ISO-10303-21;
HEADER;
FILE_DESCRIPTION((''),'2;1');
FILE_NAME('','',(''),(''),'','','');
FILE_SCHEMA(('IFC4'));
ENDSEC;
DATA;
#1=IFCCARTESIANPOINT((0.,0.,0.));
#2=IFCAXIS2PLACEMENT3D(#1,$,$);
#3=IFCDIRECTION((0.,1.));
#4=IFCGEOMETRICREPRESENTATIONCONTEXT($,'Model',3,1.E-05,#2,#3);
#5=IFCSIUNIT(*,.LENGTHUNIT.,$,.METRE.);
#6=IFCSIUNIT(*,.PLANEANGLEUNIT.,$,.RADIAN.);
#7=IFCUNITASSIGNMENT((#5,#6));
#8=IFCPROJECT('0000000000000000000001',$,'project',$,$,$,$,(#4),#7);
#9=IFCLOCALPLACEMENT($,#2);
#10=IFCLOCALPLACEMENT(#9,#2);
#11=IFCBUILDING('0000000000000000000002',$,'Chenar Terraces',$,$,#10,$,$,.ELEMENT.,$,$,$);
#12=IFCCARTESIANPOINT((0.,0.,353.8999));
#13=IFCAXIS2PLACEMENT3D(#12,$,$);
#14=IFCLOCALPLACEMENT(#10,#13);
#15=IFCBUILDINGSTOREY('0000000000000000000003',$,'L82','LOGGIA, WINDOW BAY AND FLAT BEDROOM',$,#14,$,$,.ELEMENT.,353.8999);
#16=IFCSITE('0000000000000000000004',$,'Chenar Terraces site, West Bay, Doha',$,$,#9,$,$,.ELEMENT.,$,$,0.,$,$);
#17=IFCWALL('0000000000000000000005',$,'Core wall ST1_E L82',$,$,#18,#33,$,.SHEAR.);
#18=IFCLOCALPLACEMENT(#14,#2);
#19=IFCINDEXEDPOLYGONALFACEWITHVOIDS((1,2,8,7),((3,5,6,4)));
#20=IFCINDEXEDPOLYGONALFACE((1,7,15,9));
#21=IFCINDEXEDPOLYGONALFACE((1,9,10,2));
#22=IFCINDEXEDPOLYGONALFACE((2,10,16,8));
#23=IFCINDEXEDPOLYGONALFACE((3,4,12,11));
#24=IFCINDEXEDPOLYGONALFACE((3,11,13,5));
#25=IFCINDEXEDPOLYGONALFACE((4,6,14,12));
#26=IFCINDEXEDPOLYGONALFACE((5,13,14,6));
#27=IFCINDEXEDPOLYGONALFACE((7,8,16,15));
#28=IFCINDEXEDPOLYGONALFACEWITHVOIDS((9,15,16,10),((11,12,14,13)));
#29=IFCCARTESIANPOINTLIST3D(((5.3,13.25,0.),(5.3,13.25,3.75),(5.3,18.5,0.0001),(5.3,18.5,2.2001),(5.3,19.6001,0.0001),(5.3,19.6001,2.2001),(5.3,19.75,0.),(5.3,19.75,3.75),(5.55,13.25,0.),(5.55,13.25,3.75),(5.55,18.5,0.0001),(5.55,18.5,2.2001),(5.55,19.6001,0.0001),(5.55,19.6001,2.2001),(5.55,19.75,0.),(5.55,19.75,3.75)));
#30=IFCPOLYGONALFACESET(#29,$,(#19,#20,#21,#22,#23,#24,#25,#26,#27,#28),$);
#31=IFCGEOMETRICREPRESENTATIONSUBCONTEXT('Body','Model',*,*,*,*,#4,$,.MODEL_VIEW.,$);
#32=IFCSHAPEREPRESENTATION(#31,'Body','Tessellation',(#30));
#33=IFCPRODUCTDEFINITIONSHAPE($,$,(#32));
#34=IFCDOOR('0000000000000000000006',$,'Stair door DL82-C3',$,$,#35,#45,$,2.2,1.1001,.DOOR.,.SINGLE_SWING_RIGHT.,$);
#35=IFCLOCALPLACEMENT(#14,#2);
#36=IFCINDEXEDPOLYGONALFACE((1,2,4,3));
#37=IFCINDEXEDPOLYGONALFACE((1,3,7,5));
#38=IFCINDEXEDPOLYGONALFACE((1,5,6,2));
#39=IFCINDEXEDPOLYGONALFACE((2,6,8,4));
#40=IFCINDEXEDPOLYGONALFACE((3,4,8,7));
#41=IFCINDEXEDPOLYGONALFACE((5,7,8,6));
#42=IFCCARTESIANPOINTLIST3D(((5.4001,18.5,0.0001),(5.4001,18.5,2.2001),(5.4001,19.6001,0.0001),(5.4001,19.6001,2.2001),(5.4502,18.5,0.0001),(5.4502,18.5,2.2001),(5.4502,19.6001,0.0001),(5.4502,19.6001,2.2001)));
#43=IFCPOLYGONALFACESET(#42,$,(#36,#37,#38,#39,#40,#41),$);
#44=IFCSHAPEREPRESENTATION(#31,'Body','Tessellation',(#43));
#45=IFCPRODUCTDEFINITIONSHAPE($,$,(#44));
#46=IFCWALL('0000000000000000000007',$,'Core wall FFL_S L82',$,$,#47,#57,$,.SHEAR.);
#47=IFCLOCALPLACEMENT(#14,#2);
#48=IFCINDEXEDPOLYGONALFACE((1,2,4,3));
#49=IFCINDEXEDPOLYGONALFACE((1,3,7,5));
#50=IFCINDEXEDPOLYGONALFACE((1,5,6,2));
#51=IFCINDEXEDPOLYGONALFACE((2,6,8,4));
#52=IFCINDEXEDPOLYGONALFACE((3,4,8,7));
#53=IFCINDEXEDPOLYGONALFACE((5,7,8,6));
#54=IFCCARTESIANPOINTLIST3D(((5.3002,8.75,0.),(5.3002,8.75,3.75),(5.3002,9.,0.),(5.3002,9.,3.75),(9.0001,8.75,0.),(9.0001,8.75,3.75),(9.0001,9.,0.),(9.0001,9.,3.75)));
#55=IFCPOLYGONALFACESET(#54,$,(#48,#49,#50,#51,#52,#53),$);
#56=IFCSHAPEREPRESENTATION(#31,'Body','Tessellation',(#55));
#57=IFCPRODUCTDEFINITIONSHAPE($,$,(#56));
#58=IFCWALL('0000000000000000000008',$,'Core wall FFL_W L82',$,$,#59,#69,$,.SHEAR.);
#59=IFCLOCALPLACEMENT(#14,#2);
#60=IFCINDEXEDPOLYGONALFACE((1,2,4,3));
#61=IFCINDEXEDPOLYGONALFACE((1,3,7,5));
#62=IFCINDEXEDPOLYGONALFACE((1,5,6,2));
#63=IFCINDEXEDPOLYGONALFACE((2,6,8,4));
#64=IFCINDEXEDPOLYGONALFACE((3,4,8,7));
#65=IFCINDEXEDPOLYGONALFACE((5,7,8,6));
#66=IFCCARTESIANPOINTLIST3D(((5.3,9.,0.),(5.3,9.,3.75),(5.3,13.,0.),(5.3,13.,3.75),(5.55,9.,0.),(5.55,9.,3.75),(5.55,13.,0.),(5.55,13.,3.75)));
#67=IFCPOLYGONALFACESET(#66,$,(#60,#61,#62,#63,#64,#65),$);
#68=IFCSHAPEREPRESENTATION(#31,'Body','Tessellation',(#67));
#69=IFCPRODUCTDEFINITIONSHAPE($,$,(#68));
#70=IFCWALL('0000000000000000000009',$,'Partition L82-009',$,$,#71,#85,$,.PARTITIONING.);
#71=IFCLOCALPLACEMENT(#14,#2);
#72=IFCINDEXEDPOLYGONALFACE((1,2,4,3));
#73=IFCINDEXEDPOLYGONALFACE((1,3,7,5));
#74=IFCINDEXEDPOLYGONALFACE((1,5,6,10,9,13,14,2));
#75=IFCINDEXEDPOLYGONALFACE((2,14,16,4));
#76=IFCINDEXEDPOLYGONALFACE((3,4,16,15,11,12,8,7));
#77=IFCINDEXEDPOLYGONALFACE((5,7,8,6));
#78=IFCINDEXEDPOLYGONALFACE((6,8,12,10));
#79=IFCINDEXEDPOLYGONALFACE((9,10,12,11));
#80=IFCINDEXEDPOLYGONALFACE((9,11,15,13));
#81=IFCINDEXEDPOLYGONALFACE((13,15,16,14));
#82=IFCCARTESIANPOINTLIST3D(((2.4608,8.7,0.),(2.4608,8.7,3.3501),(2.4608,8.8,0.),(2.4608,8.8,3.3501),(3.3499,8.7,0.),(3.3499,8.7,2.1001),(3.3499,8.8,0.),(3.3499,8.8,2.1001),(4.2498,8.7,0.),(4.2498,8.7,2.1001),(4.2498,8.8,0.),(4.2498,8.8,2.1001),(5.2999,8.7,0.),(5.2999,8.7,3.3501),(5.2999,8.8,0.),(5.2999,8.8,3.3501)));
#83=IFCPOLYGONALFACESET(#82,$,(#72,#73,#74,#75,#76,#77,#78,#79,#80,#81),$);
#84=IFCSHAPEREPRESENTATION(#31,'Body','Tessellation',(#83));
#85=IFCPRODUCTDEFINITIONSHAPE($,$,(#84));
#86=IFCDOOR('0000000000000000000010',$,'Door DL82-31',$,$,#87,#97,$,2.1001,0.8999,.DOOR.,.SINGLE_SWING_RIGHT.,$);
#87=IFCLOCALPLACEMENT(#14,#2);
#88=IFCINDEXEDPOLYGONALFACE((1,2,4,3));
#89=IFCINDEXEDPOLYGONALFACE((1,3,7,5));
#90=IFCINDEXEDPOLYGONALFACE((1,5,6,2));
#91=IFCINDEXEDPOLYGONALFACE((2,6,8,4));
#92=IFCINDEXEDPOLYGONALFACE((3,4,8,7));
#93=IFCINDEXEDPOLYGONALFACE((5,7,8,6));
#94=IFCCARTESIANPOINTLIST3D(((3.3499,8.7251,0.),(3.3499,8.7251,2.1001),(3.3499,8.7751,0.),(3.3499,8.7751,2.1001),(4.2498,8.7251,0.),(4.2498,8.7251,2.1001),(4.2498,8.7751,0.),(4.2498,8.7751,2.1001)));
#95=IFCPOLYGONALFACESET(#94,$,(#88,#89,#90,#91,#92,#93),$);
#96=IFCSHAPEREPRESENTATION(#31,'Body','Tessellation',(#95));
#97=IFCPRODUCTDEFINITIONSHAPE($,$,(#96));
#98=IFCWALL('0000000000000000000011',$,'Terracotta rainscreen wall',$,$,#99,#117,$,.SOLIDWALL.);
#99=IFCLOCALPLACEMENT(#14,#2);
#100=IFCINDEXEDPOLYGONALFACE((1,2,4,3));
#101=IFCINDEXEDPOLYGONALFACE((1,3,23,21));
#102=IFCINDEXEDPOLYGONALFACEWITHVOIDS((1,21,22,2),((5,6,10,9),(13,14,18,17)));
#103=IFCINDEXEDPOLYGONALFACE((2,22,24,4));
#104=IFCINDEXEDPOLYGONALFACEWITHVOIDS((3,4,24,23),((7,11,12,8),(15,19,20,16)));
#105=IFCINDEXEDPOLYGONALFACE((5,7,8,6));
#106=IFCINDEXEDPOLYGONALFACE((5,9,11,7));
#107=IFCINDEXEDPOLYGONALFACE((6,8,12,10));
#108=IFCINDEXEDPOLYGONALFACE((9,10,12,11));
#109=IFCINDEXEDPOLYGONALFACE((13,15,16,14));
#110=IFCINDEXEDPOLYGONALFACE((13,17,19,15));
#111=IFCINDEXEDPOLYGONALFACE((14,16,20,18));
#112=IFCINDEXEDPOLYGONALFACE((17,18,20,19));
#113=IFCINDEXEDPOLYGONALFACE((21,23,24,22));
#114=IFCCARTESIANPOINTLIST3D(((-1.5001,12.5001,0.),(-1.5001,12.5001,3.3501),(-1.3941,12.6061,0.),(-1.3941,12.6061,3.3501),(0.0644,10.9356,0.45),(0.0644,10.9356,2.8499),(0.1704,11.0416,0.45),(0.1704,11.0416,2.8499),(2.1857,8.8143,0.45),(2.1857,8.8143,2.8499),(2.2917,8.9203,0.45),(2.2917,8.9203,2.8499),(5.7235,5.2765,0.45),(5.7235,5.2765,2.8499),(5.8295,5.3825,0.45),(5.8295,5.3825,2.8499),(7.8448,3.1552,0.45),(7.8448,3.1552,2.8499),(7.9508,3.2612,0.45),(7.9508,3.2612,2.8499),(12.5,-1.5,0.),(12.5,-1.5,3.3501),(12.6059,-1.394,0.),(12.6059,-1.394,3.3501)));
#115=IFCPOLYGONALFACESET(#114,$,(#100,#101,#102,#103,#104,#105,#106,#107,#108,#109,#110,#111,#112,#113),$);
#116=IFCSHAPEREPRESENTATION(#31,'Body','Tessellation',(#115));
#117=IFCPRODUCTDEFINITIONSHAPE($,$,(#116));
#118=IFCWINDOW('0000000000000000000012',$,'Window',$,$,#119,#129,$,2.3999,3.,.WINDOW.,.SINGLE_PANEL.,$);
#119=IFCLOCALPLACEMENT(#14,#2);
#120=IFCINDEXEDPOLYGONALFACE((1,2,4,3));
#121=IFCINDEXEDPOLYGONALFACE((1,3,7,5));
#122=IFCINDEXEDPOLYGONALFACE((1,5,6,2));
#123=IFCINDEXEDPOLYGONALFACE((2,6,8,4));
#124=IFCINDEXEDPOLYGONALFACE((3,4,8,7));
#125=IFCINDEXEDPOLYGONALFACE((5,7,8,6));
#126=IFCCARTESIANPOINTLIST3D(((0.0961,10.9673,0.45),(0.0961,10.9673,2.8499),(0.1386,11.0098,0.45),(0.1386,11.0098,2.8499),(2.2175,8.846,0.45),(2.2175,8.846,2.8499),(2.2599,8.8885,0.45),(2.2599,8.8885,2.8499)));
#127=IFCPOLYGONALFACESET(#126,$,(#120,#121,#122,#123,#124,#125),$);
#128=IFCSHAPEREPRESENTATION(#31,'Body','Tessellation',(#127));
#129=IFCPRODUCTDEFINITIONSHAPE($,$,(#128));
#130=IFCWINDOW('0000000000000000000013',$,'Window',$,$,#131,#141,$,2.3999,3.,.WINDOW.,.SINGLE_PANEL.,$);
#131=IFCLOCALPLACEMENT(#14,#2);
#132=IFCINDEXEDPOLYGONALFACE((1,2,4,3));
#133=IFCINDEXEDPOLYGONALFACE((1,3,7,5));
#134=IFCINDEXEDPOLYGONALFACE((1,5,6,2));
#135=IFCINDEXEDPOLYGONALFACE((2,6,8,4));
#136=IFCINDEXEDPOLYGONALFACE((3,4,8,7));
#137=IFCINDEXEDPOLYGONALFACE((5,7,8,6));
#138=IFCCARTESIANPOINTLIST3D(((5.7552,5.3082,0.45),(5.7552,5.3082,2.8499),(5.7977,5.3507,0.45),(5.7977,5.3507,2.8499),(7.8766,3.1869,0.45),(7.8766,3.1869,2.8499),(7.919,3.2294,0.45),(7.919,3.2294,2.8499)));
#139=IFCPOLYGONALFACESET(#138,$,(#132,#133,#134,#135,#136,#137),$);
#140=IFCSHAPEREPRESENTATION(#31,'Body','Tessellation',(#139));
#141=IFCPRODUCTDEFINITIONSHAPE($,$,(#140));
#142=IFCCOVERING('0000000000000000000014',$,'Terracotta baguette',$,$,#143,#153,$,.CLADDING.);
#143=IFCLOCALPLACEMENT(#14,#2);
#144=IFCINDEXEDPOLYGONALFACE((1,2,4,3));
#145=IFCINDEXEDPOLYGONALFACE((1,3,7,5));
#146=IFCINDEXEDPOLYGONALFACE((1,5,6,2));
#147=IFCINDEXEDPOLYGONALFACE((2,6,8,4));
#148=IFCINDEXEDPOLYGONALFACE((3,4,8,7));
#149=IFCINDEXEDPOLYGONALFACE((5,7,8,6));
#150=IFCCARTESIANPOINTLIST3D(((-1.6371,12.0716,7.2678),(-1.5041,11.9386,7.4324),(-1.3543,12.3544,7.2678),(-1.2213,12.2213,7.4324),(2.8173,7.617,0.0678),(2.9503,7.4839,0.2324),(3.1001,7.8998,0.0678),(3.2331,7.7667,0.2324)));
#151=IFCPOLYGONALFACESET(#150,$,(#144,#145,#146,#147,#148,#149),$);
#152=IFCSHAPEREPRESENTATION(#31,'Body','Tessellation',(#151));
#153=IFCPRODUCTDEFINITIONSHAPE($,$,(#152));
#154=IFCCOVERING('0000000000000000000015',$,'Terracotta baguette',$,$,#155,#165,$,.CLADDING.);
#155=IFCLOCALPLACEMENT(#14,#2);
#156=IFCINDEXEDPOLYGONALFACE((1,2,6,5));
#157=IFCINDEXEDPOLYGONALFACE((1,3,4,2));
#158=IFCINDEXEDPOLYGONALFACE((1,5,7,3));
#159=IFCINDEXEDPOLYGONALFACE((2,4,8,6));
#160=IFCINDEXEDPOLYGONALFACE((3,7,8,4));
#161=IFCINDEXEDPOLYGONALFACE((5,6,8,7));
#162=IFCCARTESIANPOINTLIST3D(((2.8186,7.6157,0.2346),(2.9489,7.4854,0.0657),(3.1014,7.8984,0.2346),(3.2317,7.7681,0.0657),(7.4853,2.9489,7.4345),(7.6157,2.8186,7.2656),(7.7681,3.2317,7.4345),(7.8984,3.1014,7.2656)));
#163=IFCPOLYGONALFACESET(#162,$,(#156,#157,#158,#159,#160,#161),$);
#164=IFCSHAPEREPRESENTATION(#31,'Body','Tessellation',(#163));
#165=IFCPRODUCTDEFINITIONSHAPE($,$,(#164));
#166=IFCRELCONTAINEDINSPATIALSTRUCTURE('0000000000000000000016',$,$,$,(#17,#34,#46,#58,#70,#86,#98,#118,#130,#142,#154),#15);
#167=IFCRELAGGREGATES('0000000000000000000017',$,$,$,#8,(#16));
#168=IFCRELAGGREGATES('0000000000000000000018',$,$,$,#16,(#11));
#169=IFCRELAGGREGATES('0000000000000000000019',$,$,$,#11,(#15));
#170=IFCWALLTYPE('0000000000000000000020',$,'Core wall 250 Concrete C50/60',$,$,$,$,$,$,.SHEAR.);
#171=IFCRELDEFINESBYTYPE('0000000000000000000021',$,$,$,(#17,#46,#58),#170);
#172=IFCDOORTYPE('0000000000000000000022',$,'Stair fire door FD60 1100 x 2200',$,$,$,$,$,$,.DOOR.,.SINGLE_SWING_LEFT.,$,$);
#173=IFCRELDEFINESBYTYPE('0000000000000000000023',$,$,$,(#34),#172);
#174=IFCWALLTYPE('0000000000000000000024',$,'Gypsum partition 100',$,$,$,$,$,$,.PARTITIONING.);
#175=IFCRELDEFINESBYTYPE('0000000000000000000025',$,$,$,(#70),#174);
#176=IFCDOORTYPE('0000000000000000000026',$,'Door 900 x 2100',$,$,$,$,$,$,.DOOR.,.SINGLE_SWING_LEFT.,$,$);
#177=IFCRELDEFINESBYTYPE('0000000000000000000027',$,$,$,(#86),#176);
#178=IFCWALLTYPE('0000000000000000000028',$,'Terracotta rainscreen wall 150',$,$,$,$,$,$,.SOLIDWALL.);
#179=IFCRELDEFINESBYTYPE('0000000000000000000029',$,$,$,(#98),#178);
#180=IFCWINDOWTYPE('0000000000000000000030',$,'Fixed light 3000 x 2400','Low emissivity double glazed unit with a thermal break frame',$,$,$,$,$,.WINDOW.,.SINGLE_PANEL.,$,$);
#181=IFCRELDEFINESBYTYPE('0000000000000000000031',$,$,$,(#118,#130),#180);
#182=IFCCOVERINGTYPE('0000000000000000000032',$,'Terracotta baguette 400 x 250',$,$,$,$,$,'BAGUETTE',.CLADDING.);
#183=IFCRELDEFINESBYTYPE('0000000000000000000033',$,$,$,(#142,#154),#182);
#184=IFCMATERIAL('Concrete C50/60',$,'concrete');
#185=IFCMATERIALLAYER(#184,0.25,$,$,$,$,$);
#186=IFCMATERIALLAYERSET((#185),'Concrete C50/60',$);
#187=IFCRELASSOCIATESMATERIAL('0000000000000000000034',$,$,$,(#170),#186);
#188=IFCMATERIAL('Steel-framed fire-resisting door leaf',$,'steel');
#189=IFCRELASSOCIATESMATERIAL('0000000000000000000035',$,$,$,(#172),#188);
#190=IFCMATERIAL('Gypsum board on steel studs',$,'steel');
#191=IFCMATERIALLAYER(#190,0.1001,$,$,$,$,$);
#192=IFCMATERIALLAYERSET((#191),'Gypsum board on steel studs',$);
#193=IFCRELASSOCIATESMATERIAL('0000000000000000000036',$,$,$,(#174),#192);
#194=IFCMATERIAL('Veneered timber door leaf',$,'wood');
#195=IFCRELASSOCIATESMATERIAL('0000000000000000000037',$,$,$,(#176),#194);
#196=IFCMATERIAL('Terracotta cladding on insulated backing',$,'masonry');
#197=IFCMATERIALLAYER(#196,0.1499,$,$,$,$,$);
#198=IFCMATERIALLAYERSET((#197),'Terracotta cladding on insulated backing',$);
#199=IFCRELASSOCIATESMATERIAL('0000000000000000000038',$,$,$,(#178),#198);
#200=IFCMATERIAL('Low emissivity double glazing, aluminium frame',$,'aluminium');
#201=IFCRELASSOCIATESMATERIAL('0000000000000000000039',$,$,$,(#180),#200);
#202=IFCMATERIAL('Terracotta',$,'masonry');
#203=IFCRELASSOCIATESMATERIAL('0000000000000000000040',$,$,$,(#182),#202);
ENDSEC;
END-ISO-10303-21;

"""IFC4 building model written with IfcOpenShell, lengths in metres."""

from ifc_helpers import new_model, si_unit, direction, frame, frame_2d, origin, origin_2d, place, context, subcontext, project, spatial, rectangle, extrude, material, layer, layer_set, material_profile, profile_set, type_object, element, fill, save


model = new_model("IFC4")

# Units and contexts
model_context = context("Model", 3, precision=1e-05, world=origin(), true_north=direction((0.0, 1.0)))
body_context = subcontext(model_context, "Body", "Model", "MODEL_VIEW")
ifc_project = project(units=[si_unit("LENGTHUNIT", "METRE"), si_unit("PLANEANGLEUNIT", "RADIAN")], contexts=[model_context])

# Site, building, storey
site_placement = place(None, origin())
site = spatial("IfcSite", under=ifc_project, at=site_placement, Name="Chenar Terraces site, West Bay, Doha", CompositionType="ELEMENT", RefElevation=0.0)
building_placement = place(site_placement, origin())
building = spatial("IfcBuilding", under=site, at=building_placement, Name="Chenar Terraces", CompositionType="ELEMENT")
storey_placement = place(building_placement, frame((0.0, 0.0, 353.8999)))
storey = spatial("IfcBuildingStorey", under=building, at=storey_placement, Name="L82", Description="LOGGIA, WINDOW BAY AND FLAT BEDROOM", CompositionType="ELEMENT", Elevation=353.8999)

# Shared definitions
ifc_material_1 = material(Name="Concrete C50/60", Category="concrete")
ifc_layer_1 = layer(ifc_material_1, 0.25)
ifc_layer_set_1 = layer_set([ifc_layer_1], Name="Concrete C50/60")
wall_type_1 = type_object("IfcWallType", Name="Core wall 250 Concrete C50/60", PredefinedType="SHEAR", material=ifc_layer_set_1)

# Wall, opening, door
wall_1_placement = place(storey_placement, frame((5.425, 13.25, 0.0), z_axis=(0.0, 0.0, 1.0), x_axis=(0.0, 1.0, 0.0)))
wall_1 = element("IfcWall", 1, at=wall_1_placement, inside=storey, type_object=wall_type_1, Name="Core wall ST1_E L82", PredefinedType="SHEAR", context=body_context, shape_type="SweptSolid", body=[
    extrude(rectangle(XDim=6.5, YDim=0.25, at=frame_2d((3.25, 0.0))), origin(), (0.0, 0.0, 1.0), 3.75),
])
opening_1_placement = place(wall_1_placement, frame((5.25, 0.0, 0.0)))
opening_1 = element("IfcOpeningElement", 2, at=opening_1_placement, cuts=wall_1, PredefinedType="OPENING", context=body_context, shape_type="SweptSolid", body=[
    extrude(rectangle(XDim=1.1001, YDim=2.2, at=frame_2d((0.55, 1.1001))), frame((0.0, 0.135, 0.0), z_axis=(0.0, -1.0, 0.0), x_axis=(1.0, 0.0, 0.0)), (0.0, 0.0, 1.0), 0.27),
])
ifc_material_2 = material(Name="Steel-framed fire-resisting door leaf", Category="steel")
door_type_1 = type_object("IfcDoorType", Name="Stair fire door FD60 1100 x 2200", OperationType="SINGLE_SWING_LEFT", PredefinedType="DOOR", material=ifc_material_2)
door_1_placement = place(opening_1_placement, origin())
door_1 = element("IfcDoor", 3, at=door_1_placement, inside=storey, type_object=door_type_1, Name="Stair door DL82-C3", OperationType="SINGLE_SWING_RIGHT", OverallHeight=2.2, OverallWidth=1.1001, PredefinedType="DOOR", context=body_context, shape_type="SweptSolid", body=[
    extrude(rectangle(XDim=1.1001, YDim=2.2, at=frame_2d((0.55, 1.1001))), frame((0.0, 0.0249, 0.0), z_axis=(0.0, -1.0, 0.0), x_axis=(1.0, 0.0, 0.0)), (0.0, 0.0, 1.0), 0.05),
])
fill(opening_1, door_1)

# Walls
wall_2_placement = place(storey_placement, frame((5.3, 8.875, 0.0), z_axis=(0.0, 0.0, 1.0), x_axis=(1.0, 0.0, 0.0)))
element("IfcWall", 4, at=wall_2_placement, inside=storey, type_object=wall_type_1, Name="Core wall FFL_S L82", PredefinedType="SHEAR", context=body_context, shape_type="SweptSolid", body=[
    extrude(rectangle(XDim=3.7, YDim=0.25, at=frame_2d((1.8501, 0.0))), origin(), (0.0, 0.0, 1.0), 3.75),
])
wall_3_placement = place(storey_placement, frame((5.425, 9.0, 0.0), z_axis=(0.0, 0.0, 1.0), x_axis=(0.0, 1.0, 0.0)))
element("IfcWall", 5, at=wall_3_placement, inside=storey, type_object=wall_type_1, Name="Core wall FFL_W L82", PredefinedType="SHEAR", context=body_context, shape_type="SweptSolid", body=[
    extrude(rectangle(XDim=4.0, YDim=0.25, at=frame_2d((2.0, 0.0))), origin(), (0.0, 0.0, 1.0), 3.75),
])

# Wall, opening, door
ifc_material_3 = material(Name="Gypsum board on steel studs", Category="steel")
ifc_layer_2 = layer(ifc_material_3, 0.1001)
ifc_layer_set_2 = layer_set([ifc_layer_2], Name="Gypsum board on steel studs")
wall_type_2 = type_object("IfcWallType", Name="Gypsum partition 100", PredefinedType="PARTITIONING", material=ifc_layer_set_2)
wall_4_placement = place(storey_placement, frame((2.4609, 8.75, 0.0), z_axis=(0.0, 0.0, 1.0), x_axis=(1.0, 0.0, 0.0)))
wall_4 = element("IfcWall", 6, at=wall_4_placement, inside=storey, type_object=wall_type_2, Name="Partition L82-009", PredefinedType="PARTITIONING", context=body_context, shape_type="SweptSolid", body=[
    extrude(rectangle(XDim=2.8391, YDim=0.1001, at=frame_2d((1.4194, 0.0))), origin(), (0.0, 0.0, 1.0), 3.3501),
])
opening_2_placement = place(wall_4_placement, frame((0.8889, 0.0, 0.0)))
opening_2 = element("IfcOpeningElement", 7, at=opening_2_placement, cuts=wall_4, PredefinedType="OPENING", context=body_context, shape_type="SweptSolid", body=[
    extrude(rectangle(XDim=0.8999, YDim=2.1001, at=frame_2d((0.45, 1.05))), frame((0.0, 0.0601, 0.0), z_axis=(0.0, -1.0, 0.0), x_axis=(1.0, 0.0, 0.0)), (0.0, 0.0, 1.0), 0.1201),
])
ifc_material_4 = material(Name="Veneered timber door leaf", Category="wood")
door_type_2 = type_object("IfcDoorType", Name="Door 900 x 2100", OperationType="SINGLE_SWING_LEFT", PredefinedType="DOOR", material=ifc_material_4)
door_2_placement = place(opening_2_placement, frame((0.8999, 0.0, 0.0), z_axis=(0.0, 0.0, 1.0), x_axis=(-1.0, 0.0, 0.0)))
door_2 = element("IfcDoor", 8, at=door_2_placement, inside=storey, type_object=door_type_2, Name="Door DL82-31", OperationType="SINGLE_SWING_RIGHT", OverallHeight=2.1001, OverallWidth=0.8999, PredefinedType="DOOR", context=body_context, shape_type="SweptSolid", body=[
    extrude(rectangle(XDim=0.8999, YDim=2.1001, at=frame_2d((0.45, 1.05))), frame((0.0, 0.0249, 0.0), z_axis=(0.0, -1.0, 0.0), x_axis=(1.0, 0.0, 0.0)), (0.0, 0.0, 1.0), 0.05),
])
fill(opening_2, door_2)

# Wall, openings, windows
ifc_material_5 = material(Name="Terracotta cladding on insulated backing", Category="masonry")
ifc_layer_3 = layer(ifc_material_5, 0.1499)
ifc_layer_set_3 = layer_set([ifc_layer_3], Name="Terracotta cladding on insulated backing")
wall_type_3 = type_object("IfcWallType", Name="Terracotta rainscreen wall 150", PredefinedType="SOLIDWALL", material=ifc_layer_set_3)
wall_5_placement = place(storey_placement, frame((-1.447, 12.553, 0.0), z_axis=(0.0, 0.0, 1.0), x_axis=(0.707107, -0.707107, 0.0)))
wall_5 = element("IfcWall", 9, at=wall_5_placement, inside=storey, type_object=wall_type_3, Name="Terracotta rainscreen wall", PredefinedType="SOLIDWALL", context=body_context, shape_type="SweptSolid", body=[
    extrude(rectangle(XDim=19.7991, YDim=0.1499, at=frame_2d((9.8994, 0.0))), origin(), (0.0, 0.0, 1.0), 3.3501),
])
opening_3_placement = place(wall_5_placement, frame((2.2124, 0.0, 0.45)))
opening_3 = element("IfcOpeningElement", 10, at=opening_3_placement, cuts=wall_5, PredefinedType="OPENING", context=body_context, shape_type="SweptSolid", body=[
    extrude(rectangle(XDim=3.0, YDim=2.3999, at=frame_2d((1.5, 1.2))), frame((0.0, 0.085, 0.0), z_axis=(0.0, -1.0, 0.0), x_axis=(1.0, 0.0, 0.0)), (0.0, 0.0, 1.0), 0.1699),
])
opening_4_placement = place(wall_5_placement, frame((10.2156, 0.0, 0.45)))
opening_4 = element("IfcOpeningElement", 11, at=opening_4_placement, cuts=wall_5, PredefinedType="OPENING", context=body_context, shape_type="SweptSolid", body=[
    extrude(rectangle(XDim=3.0, YDim=2.3999, at=frame_2d((1.5, 1.2))), frame((0.0, 0.085, 0.0), z_axis=(0.0, -1.0, 0.0), x_axis=(1.0, 0.0, 0.0)), (0.0, 0.0, 1.0), 0.1699),
])
ifc_material_6 = material(Name="Low emissivity double glazing, aluminium frame", Category="aluminium")
window_type = type_object("IfcWindowType", Name="Fixed light 3000 x 2400", Description="Low emissivity double glazed unit with a thermal break frame", PartitioningType="SINGLE_PANEL", PredefinedType="WINDOW", material=ifc_material_6)
window_1_placement = place(opening_3_placement, origin())
window_1 = element("IfcWindow", 12, at=window_1_placement, inside=storey, type_object=window_type, Name="Window", OverallHeight=2.3999, OverallWidth=3.0, PartitioningType="SINGLE_PANEL", PredefinedType="WINDOW", context=body_context, shape_type="SweptSolid", body=[
    extrude(rectangle(XDim=3.0, YDim=2.3999, at=frame_2d((1.5, 1.2))), frame((0.0, 0.03, 0.0), z_axis=(0.0, -1.0, 0.0), x_axis=(1.0, 0.0, 0.0)), (0.0, 0.0, 1.0), 0.0601),
])
fill(opening_3, window_1)
window_2_placement = place(opening_4_placement, origin())
window_2 = element("IfcWindow", 13, at=window_2_placement, inside=storey, type_object=window_type, Name="Window", OverallHeight=2.3999, OverallWidth=3.0, PartitioningType="SINGLE_PANEL", PredefinedType="WINDOW", context=body_context, shape_type="SweptSolid", body=[
    extrude(rectangle(XDim=3.0, YDim=2.3999, at=frame_2d((1.5, 1.2))), frame((0.0, 0.03, 0.0), z_axis=(0.0, -1.0, 0.0), x_axis=(1.0, 0.0, 0.0)), (0.0, 0.0, 1.0), 0.0601),
])
fill(opening_4, window_2)

# Coverings
ifc_material_7 = material(Name="Terracotta", Category="masonry")
ifc_material_profile = material_profile(ifc_material_7, rectangle(XDim=0.3999, YDim=0.25, at=origin_2d()), Name="Terracotta baguette 400 x 250")
ifc_profile_set = profile_set([ifc_material_profile], Name="Terracotta")
covering_type = type_object("IfcCoveringType", Name="Terracotta baguette 400 x 250", ElementType="BAGUETTE", PredefinedType="CLADDING", material=ifc_profile_set)
covering_1_placement = place(storey_placement, frame((-1.4292, 12.1465, 7.3501), z_axis=(0.465604, -0.46563, -0.752597), x_axis=(0.707126, 0.707087, 0.0)))
element("IfcCovering", 14, at=covering_1_placement, inside=storey, type_object=covering_type, Name="Terracotta baguette", PredefinedType="CLADDING", context=body_context, shape_type="SweptSolid", body=[
    extrude(rectangle(XDim=0.3999, YDim=0.25, at=origin_2d()), origin(), (0.0, 0.0, 1.0), 9.5669),
])
covering_2_placement = place(storey_placement, frame((3.0251, 7.6919, 0.1501), z_axis=(0.477803, -0.477803, 0.737163), x_axis=(0.707107, 0.707107, 0.0)))
element("IfcCovering", 15, at=covering_2_placement, inside=storey, type_object=covering_type, Name="Terracotta baguette", PredefinedType="CLADDING", context=body_context, shape_type="SweptSolid", body=[
    extrude(rectangle(XDim=0.3999, YDim=0.25, at=origin_2d()), origin(), (0.0, 0.0, 1.0), 9.7671),
])

save(model, "model.ifc")
